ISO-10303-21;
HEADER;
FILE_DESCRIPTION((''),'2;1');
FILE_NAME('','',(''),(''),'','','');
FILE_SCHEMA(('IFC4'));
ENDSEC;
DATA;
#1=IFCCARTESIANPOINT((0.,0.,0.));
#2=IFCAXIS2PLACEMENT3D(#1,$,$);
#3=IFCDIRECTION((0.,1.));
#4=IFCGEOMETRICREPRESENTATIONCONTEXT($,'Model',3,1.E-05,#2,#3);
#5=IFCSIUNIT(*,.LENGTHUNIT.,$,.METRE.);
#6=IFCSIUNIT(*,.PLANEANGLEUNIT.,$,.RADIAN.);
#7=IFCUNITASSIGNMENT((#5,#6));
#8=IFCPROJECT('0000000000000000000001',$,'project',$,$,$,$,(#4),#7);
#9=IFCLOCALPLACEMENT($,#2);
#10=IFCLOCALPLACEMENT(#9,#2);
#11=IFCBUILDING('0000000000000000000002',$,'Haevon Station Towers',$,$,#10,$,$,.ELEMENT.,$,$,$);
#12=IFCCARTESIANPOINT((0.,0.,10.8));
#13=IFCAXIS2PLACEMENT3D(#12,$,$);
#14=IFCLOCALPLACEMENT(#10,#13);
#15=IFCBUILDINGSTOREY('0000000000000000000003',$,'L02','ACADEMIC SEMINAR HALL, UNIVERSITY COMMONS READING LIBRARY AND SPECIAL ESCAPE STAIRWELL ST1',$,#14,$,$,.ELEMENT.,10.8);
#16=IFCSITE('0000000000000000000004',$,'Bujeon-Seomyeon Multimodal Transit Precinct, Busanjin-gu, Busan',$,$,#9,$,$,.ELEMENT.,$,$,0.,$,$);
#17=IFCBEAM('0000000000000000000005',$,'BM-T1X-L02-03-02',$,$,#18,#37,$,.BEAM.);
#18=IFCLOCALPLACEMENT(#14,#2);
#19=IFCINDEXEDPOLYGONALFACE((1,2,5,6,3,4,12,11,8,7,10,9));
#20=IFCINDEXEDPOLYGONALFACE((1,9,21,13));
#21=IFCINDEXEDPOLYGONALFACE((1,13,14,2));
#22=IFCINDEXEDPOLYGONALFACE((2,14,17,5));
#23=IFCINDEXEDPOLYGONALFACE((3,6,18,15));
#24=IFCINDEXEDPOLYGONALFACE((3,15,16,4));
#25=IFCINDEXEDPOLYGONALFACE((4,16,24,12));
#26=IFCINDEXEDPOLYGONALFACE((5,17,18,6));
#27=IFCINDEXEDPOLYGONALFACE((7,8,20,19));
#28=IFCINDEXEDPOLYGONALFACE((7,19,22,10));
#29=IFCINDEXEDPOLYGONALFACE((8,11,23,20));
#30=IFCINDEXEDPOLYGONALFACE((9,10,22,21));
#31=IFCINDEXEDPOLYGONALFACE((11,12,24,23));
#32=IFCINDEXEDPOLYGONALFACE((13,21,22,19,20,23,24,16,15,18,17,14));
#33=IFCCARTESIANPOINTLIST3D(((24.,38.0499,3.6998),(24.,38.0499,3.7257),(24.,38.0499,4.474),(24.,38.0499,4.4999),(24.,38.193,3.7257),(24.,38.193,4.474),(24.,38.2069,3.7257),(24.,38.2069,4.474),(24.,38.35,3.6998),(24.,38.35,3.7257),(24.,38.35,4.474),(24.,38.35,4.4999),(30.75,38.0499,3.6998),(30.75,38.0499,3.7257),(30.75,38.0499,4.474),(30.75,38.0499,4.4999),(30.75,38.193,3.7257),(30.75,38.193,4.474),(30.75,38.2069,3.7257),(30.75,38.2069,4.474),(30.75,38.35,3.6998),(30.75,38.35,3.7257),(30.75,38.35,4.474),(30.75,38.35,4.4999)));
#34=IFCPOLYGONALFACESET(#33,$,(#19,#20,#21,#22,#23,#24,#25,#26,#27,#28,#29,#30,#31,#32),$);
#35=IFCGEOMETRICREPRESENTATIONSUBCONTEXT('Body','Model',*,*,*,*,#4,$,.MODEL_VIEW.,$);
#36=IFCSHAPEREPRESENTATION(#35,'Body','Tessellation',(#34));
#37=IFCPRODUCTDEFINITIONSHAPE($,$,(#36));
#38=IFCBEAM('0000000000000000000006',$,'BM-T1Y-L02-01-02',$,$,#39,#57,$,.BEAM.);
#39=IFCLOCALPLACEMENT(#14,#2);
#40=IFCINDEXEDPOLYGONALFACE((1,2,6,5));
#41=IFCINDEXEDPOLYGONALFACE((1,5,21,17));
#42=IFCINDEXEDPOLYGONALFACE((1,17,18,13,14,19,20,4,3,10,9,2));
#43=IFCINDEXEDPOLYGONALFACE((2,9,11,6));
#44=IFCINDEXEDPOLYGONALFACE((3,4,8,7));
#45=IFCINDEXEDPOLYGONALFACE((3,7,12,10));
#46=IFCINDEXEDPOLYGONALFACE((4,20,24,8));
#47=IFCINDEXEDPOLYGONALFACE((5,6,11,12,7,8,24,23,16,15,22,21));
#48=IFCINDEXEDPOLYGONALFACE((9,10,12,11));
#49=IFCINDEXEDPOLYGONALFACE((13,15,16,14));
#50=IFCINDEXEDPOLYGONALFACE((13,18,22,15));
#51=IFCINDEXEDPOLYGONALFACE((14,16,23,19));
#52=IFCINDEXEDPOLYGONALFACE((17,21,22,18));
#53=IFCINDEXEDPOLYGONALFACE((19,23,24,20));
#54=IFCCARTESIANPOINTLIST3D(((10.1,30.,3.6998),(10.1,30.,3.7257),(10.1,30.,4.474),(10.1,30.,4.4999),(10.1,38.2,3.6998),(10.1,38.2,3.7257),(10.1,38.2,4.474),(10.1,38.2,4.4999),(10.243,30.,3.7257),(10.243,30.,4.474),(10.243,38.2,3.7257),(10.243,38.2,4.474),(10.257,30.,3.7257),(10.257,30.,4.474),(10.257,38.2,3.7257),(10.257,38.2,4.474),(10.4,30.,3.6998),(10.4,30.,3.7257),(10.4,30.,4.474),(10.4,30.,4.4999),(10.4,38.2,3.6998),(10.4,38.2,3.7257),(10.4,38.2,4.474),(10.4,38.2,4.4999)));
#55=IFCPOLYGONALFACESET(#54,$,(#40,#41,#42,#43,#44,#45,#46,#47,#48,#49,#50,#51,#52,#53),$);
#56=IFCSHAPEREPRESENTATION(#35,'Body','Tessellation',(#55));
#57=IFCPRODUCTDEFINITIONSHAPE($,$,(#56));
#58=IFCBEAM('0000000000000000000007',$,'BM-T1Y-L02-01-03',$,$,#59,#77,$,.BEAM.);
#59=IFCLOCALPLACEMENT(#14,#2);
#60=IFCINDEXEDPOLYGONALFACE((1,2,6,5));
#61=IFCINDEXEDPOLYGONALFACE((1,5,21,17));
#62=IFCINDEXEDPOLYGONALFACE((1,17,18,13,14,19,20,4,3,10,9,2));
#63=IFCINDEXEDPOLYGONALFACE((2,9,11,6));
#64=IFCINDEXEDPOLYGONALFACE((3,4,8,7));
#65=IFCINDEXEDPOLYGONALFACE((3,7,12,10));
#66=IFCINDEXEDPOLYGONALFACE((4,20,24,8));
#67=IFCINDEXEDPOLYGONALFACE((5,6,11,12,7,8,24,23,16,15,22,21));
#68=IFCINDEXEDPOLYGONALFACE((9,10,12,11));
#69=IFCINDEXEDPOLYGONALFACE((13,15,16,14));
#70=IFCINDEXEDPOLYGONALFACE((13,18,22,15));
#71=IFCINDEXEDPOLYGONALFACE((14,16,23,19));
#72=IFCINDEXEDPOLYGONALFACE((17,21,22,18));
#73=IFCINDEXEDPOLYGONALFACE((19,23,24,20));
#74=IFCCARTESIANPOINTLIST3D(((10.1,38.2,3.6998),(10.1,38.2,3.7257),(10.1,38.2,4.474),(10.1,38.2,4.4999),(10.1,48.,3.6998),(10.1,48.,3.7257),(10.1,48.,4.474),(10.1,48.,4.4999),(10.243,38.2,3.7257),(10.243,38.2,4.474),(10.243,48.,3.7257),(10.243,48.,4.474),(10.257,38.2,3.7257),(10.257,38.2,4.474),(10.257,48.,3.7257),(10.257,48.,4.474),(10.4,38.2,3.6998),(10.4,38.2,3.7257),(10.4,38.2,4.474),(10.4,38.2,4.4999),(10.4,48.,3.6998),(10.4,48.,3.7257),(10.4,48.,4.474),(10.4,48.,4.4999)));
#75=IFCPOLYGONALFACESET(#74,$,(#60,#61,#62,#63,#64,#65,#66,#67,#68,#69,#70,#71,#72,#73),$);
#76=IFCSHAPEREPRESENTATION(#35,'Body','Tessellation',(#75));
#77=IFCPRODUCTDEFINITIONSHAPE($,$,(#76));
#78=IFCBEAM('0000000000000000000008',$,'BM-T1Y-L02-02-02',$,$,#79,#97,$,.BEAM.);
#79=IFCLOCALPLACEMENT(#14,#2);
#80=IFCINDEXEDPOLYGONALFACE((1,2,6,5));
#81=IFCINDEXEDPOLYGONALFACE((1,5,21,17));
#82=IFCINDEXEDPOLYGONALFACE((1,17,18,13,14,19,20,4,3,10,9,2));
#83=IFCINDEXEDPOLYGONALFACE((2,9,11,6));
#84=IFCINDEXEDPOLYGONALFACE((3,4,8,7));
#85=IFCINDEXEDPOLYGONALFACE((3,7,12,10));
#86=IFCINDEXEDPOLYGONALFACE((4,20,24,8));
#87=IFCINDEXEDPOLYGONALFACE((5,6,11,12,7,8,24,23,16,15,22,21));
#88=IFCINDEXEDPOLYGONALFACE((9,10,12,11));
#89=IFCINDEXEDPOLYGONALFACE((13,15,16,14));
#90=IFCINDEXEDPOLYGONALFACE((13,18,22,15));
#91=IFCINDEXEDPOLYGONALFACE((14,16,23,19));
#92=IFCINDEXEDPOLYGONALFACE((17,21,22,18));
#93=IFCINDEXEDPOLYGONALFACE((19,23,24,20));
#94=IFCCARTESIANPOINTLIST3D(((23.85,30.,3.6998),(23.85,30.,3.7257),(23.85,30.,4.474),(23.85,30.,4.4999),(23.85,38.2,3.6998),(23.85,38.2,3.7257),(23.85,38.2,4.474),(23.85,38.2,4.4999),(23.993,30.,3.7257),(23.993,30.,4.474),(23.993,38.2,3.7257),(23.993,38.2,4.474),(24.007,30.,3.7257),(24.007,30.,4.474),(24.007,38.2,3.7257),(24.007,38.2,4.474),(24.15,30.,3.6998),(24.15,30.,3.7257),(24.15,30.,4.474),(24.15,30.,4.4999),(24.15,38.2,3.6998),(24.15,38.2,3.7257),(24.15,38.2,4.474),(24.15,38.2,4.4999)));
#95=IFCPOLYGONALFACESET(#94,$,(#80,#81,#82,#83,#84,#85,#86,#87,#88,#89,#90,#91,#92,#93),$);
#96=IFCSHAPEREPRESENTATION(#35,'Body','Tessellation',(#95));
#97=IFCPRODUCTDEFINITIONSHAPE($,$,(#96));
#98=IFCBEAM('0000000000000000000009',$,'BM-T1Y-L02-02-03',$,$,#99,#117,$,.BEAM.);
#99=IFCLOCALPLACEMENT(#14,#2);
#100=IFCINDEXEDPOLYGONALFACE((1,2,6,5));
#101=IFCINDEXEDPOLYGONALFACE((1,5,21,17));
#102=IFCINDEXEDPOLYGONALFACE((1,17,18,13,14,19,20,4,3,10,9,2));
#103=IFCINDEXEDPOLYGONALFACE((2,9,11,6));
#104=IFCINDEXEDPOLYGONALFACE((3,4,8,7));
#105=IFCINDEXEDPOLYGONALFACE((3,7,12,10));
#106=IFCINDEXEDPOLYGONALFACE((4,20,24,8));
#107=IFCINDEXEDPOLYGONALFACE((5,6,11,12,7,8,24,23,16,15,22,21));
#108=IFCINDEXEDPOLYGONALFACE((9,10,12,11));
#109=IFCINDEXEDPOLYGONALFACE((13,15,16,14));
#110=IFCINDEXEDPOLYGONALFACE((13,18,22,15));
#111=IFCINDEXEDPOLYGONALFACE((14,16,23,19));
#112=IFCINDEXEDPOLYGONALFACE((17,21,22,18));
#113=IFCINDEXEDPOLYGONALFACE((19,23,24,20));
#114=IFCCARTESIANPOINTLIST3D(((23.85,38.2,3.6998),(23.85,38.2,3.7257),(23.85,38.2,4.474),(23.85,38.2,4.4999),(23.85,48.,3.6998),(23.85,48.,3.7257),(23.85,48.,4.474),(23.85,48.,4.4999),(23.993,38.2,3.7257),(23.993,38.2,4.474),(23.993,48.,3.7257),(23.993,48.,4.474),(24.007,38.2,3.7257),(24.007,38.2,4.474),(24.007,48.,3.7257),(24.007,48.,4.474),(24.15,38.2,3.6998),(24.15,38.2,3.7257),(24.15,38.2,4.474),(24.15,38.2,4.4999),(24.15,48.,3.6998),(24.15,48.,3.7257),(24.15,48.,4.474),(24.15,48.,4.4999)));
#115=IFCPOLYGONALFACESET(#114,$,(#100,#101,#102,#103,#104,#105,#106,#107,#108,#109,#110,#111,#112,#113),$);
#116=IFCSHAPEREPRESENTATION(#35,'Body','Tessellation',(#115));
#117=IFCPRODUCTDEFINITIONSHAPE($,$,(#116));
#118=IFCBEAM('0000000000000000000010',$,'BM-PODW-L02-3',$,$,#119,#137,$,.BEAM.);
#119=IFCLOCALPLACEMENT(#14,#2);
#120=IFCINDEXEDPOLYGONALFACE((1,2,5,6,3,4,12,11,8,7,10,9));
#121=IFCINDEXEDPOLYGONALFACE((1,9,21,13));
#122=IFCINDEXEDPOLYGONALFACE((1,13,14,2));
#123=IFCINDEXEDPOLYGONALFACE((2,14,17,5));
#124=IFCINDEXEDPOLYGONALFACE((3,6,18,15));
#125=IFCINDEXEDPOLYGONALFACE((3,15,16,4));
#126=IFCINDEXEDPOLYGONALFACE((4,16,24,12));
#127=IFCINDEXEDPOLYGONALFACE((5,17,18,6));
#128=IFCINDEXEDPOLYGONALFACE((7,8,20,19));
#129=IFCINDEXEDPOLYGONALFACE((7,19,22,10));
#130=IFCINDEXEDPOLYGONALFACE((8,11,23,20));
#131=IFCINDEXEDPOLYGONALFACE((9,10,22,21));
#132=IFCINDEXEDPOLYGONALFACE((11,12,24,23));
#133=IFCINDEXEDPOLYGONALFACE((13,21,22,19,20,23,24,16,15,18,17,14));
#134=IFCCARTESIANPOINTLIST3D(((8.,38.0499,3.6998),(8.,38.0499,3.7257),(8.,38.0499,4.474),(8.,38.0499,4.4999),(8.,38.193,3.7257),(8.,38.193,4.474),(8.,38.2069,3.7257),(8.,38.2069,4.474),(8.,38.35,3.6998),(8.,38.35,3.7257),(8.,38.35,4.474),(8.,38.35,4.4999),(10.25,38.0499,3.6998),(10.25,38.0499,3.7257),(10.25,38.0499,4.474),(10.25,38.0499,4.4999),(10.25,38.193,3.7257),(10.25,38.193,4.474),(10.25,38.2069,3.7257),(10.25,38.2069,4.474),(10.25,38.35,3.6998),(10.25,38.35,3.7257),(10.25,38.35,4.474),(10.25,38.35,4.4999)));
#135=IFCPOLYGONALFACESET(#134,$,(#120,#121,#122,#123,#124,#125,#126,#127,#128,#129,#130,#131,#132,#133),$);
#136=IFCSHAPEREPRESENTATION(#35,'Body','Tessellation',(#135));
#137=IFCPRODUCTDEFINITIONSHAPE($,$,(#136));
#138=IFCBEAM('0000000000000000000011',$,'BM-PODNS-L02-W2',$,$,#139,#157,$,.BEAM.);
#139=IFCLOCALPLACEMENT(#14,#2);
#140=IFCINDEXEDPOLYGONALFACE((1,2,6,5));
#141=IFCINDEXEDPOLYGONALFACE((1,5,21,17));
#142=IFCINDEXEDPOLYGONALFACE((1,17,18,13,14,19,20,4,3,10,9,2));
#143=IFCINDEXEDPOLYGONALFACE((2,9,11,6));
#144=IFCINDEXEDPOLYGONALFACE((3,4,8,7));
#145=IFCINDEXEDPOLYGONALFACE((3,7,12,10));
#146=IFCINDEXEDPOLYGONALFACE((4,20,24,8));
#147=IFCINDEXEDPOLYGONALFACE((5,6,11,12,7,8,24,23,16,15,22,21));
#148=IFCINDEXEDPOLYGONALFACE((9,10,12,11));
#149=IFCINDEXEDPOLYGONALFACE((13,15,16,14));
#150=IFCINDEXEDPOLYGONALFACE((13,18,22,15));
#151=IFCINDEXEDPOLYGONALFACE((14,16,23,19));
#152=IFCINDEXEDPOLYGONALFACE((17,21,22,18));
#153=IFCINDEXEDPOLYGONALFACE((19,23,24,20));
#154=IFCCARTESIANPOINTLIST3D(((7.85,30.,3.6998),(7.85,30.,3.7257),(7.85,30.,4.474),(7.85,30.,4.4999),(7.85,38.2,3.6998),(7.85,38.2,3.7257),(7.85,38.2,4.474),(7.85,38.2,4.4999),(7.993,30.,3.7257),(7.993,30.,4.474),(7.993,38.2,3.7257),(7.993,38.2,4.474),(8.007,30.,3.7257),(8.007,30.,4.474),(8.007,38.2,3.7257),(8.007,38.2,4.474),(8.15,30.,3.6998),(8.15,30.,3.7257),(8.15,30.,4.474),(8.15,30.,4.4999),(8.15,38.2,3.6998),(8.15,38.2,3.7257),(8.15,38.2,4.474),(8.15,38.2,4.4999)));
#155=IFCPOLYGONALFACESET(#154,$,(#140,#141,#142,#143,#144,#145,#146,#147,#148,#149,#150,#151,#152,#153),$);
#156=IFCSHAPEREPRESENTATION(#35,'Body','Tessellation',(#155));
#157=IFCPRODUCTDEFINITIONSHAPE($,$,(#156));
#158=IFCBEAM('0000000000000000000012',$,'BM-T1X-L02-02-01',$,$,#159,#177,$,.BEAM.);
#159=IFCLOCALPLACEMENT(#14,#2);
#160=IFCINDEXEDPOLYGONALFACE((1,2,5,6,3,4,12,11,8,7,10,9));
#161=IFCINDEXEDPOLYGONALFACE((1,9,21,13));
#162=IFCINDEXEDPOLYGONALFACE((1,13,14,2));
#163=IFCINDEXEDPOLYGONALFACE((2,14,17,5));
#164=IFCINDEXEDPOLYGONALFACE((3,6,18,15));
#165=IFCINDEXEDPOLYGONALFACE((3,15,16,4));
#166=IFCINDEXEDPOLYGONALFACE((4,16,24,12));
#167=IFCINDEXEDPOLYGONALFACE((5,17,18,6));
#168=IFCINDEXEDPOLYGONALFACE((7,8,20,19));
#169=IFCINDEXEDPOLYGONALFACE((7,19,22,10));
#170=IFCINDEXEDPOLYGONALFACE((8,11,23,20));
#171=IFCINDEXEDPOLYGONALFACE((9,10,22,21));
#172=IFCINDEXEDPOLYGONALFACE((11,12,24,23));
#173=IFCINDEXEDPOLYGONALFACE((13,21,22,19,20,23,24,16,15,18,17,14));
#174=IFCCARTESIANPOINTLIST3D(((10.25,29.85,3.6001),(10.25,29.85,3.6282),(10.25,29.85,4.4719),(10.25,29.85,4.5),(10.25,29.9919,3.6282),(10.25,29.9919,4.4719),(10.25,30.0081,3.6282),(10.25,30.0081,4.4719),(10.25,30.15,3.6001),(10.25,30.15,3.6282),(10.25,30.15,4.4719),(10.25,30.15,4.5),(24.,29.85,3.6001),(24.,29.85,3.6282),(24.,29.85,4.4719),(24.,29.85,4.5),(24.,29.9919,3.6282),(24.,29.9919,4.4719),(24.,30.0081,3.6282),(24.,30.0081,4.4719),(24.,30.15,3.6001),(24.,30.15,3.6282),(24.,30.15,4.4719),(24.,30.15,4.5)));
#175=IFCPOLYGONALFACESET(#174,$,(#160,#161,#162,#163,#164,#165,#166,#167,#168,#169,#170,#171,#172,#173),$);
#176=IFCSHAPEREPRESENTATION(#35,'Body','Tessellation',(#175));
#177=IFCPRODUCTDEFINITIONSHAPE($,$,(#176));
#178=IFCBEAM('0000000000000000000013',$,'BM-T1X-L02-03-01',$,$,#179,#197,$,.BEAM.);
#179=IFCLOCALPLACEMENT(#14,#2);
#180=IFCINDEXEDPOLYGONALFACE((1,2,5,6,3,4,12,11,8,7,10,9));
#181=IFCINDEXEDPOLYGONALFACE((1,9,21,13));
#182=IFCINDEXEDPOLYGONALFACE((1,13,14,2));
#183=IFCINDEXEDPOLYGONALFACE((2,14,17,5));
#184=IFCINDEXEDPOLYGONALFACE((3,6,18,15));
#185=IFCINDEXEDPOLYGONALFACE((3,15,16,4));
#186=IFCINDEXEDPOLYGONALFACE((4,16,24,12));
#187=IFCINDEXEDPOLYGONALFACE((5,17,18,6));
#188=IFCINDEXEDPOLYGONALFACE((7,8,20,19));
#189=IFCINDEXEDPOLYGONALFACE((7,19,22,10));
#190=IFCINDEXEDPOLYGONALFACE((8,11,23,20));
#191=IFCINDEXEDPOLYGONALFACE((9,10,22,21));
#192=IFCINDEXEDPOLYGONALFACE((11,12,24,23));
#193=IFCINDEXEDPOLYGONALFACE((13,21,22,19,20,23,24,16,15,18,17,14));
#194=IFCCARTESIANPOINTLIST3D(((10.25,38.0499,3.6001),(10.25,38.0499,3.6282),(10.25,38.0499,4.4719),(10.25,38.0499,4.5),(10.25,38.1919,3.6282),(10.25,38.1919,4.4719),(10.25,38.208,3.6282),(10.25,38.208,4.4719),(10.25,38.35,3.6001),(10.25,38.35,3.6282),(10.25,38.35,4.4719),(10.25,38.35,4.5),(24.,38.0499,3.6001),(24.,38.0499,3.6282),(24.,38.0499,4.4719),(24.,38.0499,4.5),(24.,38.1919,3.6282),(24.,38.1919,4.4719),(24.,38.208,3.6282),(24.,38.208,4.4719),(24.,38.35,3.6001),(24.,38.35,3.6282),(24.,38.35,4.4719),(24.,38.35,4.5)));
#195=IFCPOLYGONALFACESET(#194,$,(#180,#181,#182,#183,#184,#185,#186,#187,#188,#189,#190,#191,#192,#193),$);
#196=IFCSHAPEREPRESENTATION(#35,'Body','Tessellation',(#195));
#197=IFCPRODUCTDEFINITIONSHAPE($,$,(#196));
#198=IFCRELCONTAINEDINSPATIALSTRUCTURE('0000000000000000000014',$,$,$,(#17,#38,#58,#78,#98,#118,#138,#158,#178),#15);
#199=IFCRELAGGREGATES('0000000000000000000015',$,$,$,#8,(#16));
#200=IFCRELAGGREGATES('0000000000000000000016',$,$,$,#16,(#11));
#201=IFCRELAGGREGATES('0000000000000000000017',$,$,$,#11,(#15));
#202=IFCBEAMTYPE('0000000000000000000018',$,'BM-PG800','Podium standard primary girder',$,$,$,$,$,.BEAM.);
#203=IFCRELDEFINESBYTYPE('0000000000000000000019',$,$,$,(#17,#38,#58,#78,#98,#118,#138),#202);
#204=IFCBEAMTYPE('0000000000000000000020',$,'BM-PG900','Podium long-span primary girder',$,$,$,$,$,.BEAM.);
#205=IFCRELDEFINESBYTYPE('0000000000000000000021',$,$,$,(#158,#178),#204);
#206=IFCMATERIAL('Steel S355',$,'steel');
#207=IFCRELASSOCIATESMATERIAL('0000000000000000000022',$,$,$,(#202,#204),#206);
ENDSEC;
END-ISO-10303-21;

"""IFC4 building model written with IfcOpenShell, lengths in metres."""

from ifc_helpers import new_model, si_unit, direction, frame, origin, origin_2d, place, context, subcontext, project, spatial, i_section, extrude, material, material_profile, profile_set, type_object, element, save


model = new_model("IFC4")

# Units and contexts
model_context = context("Model", 3, precision=1e-05, world=origin(), true_north=direction((0.0, 1.0)))
body_context = subcontext(model_context, "Body", "Model", "MODEL_VIEW")
ifc_project = project(units=[si_unit("LENGTHUNIT", "METRE"), si_unit("PLANEANGLEUNIT", "RADIAN")], contexts=[model_context])

# Site, building, storey
site_placement = place(None, origin())
site = spatial("IfcSite", under=ifc_project, at=site_placement, Name="Bujeon-Seomyeon Multimodal Transit Precinct, Busanjin-gu, Busan", CompositionType="ELEMENT", RefElevation=0.0)
building_placement = place(site_placement, origin())
building = spatial("IfcBuilding", under=site, at=building_placement, Name="Haevon Station Towers", CompositionType="ELEMENT")
storey_placement = place(building_placement, frame((0.0, 0.0, 10.8)))
storey = spatial("IfcBuildingStorey", under=building, at=storey_placement, Name="L02", Description="ACADEMIC SEMINAR HALL, UNIVERSITY COMMONS READING LIBRARY AND SPECIAL ESCAPE STAIRWELL ST1", CompositionType="ELEMENT", Elevation=10.8)

# Beams
ifc_material_1 = material(Name="Steel S355", Category="steel")
ifc_material_profile_1 = material_profile(ifc_material_1, i_section(OverallWidth=0.3, OverallDepth=0.8, WebThickness=0.0139, FlangeThickness=0.0259, at=origin_2d()), Name="H-800x300x14x26")
ifc_profile_set_1 = profile_set([ifc_material_profile_1], Name="Steel S355")
beam_type_1 = type_object("IfcBeamType", Name="BM-PG800", Description="Podium standard primary girder", PredefinedType="BEAM", material=ifc_profile_set_1)
for number, where, z_axis, x_axis, name in (
    (1, (24.0, 38.2, 4.0999), (1.0, 0.0, 0.0), (0.0, 1.0, 0.0), "BM-T1X-L02-03-02"),
):
    element("IfcBeam", number, at=place(storey_placement, frame(where, z_axis=z_axis, x_axis=x_axis)), inside=storey, type_object=beam_type_1, Name=name, PredefinedType="BEAM", context=body_context, shape_type="SweptSolid", body=[
        extrude(i_section(OverallWidth=0.3, OverallDepth=0.8, WebThickness=0.0139, FlangeThickness=0.0259, at=origin_2d()), origin(), (0.0, 0.0, 1.0), 6.75),
    ])
beam_1_placement = place(storey_placement, frame((10.25, 30.0, 4.0999), z_axis=(0.0, 1.0, 0.0), x_axis=(-1.0, 0.0, 0.0)))
element("IfcBeam", 2, at=beam_1_placement, inside=storey, type_object=beam_type_1, Name="BM-T1Y-L02-01-02", PredefinedType="BEAM", context=body_context, shape_type="SweptSolid", body=[
    extrude(i_section(OverallWidth=0.3, OverallDepth=0.8, WebThickness=0.0139, FlangeThickness=0.0259, at=origin_2d()), origin(), (0.0, 0.0, 1.0), 8.2),
])
beam_2_placement = place(storey_placement, frame((10.25, 38.2, 4.0999), z_axis=(0.0, 1.0, 0.0), x_axis=(-1.0, 0.0, 0.0)))
element("IfcBeam", 3, at=beam_2_placement, inside=storey, type_object=beam_type_1, Name="BM-T1Y-L02-01-03", PredefinedType="BEAM", context=body_context, shape_type="SweptSolid", body=[
    extrude(i_section(OverallWidth=0.3, OverallDepth=0.8, WebThickness=0.0139, FlangeThickness=0.0259, at=origin_2d()), origin(), (0.0, 0.0, 1.0), 9.8),
])
beam_3_placement = place(storey_placement, frame((24.0, 30.0, 4.0999), z_axis=(0.0, 1.0, 0.0), x_axis=(-1.0, 0.0, 0.0)))
element("IfcBeam", 4, at=beam_3_placement, inside=storey, type_object=beam_type_1, Name="BM-T1Y-L02-02-02", PredefinedType="BEAM", context=body_context, shape_type="SweptSolid", body=[
    extrude(i_section(OverallWidth=0.3, OverallDepth=0.8, WebThickness=0.0139, FlangeThickness=0.0259, at=origin_2d()), origin(), (0.0, 0.0, 1.0), 8.2),
])
beam_4_placement = place(storey_placement, frame((24.0, 38.2, 4.0999), z_axis=(0.0, 1.0, 0.0), x_axis=(-1.0, 0.0, 0.0)))
element("IfcBeam", 5, at=beam_4_placement, inside=storey, type_object=beam_type_1, Name="BM-T1Y-L02-02-03", PredefinedType="BEAM", context=body_context, shape_type="SweptSolid", body=[
    extrude(i_section(OverallWidth=0.3, OverallDepth=0.8, WebThickness=0.0139, FlangeThickness=0.0259, at=origin_2d()), origin(), (0.0, 0.0, 1.0), 9.8),
])
beam_5_placement = place(storey_placement, frame((8.0, 38.2, 4.0999), z_axis=(1.0, 0.0, 0.0), x_axis=(0.0, 1.0, 0.0)))
element("IfcBeam", 6, at=beam_5_placement, inside=storey, type_object=beam_type_1, Name="BM-PODW-L02-3", PredefinedType="BEAM", context=body_context, shape_type="SweptSolid", body=[
    extrude(i_section(OverallWidth=0.3, OverallDepth=0.8, WebThickness=0.0139, FlangeThickness=0.0259, at=origin_2d()), origin(), (0.0, 0.0, 1.0), 2.25),
])
beam_6_placement = place(storey_placement, frame((8.0, 30.0, 4.0999), z_axis=(0.0, 1.0, 0.0), x_axis=(-1.0, 0.0, 0.0)))
element("IfcBeam", 7, at=beam_6_placement, inside=storey, type_object=beam_type_1, Name="BM-PODNS-L02-W2", PredefinedType="BEAM", context=body_context, shape_type="SweptSolid", body=[
    extrude(i_section(OverallWidth=0.3, OverallDepth=0.8, WebThickness=0.0139, FlangeThickness=0.0259, at=origin_2d()), origin(), (0.0, 0.0, 1.0), 8.2),
])
ifc_material_profile_2 = material_profile(ifc_material_1, i_section(OverallWidth=0.3, OverallDepth=0.8999, WebThickness=0.0161, FlangeThickness=0.0281, at=origin_2d()), Name="H-900x300x16x28")
ifc_profile_set_2 = profile_set([ifc_material_profile_2], Name="Steel S355")
beam_type_2 = type_object("IfcBeamType", Name="BM-PG900", Description="Podium long-span primary girder", PredefinedType="BEAM", material=ifc_profile_set_2)
for number, where, z_axis, x_axis, name in (
    (8, (10.25, 30.0, 4.05), (1.0, 0.0, 0.0), (0.0, 1.0, 0.0), "BM-T1X-L02-02-01"),
    (9, (10.25, 38.2, 4.05), (1.0, 0.0, 0.0), (0.0, 1.0, 0.0), "BM-T1X-L02-03-01"),
):
    element("IfcBeam", number, at=place(storey_placement, frame(where, z_axis=z_axis, x_axis=x_axis)), inside=storey, type_object=beam_type_2, Name=name, PredefinedType="BEAM", context=body_context, shape_type="SweptSolid", body=[
        extrude(i_section(OverallWidth=0.3, OverallDepth=0.8999, WebThickness=0.0161, FlangeThickness=0.0281, at=origin_2d()), origin(), (0.0, 0.0, 1.0), 13.75),
    ])

save(model, "model.ifc")
